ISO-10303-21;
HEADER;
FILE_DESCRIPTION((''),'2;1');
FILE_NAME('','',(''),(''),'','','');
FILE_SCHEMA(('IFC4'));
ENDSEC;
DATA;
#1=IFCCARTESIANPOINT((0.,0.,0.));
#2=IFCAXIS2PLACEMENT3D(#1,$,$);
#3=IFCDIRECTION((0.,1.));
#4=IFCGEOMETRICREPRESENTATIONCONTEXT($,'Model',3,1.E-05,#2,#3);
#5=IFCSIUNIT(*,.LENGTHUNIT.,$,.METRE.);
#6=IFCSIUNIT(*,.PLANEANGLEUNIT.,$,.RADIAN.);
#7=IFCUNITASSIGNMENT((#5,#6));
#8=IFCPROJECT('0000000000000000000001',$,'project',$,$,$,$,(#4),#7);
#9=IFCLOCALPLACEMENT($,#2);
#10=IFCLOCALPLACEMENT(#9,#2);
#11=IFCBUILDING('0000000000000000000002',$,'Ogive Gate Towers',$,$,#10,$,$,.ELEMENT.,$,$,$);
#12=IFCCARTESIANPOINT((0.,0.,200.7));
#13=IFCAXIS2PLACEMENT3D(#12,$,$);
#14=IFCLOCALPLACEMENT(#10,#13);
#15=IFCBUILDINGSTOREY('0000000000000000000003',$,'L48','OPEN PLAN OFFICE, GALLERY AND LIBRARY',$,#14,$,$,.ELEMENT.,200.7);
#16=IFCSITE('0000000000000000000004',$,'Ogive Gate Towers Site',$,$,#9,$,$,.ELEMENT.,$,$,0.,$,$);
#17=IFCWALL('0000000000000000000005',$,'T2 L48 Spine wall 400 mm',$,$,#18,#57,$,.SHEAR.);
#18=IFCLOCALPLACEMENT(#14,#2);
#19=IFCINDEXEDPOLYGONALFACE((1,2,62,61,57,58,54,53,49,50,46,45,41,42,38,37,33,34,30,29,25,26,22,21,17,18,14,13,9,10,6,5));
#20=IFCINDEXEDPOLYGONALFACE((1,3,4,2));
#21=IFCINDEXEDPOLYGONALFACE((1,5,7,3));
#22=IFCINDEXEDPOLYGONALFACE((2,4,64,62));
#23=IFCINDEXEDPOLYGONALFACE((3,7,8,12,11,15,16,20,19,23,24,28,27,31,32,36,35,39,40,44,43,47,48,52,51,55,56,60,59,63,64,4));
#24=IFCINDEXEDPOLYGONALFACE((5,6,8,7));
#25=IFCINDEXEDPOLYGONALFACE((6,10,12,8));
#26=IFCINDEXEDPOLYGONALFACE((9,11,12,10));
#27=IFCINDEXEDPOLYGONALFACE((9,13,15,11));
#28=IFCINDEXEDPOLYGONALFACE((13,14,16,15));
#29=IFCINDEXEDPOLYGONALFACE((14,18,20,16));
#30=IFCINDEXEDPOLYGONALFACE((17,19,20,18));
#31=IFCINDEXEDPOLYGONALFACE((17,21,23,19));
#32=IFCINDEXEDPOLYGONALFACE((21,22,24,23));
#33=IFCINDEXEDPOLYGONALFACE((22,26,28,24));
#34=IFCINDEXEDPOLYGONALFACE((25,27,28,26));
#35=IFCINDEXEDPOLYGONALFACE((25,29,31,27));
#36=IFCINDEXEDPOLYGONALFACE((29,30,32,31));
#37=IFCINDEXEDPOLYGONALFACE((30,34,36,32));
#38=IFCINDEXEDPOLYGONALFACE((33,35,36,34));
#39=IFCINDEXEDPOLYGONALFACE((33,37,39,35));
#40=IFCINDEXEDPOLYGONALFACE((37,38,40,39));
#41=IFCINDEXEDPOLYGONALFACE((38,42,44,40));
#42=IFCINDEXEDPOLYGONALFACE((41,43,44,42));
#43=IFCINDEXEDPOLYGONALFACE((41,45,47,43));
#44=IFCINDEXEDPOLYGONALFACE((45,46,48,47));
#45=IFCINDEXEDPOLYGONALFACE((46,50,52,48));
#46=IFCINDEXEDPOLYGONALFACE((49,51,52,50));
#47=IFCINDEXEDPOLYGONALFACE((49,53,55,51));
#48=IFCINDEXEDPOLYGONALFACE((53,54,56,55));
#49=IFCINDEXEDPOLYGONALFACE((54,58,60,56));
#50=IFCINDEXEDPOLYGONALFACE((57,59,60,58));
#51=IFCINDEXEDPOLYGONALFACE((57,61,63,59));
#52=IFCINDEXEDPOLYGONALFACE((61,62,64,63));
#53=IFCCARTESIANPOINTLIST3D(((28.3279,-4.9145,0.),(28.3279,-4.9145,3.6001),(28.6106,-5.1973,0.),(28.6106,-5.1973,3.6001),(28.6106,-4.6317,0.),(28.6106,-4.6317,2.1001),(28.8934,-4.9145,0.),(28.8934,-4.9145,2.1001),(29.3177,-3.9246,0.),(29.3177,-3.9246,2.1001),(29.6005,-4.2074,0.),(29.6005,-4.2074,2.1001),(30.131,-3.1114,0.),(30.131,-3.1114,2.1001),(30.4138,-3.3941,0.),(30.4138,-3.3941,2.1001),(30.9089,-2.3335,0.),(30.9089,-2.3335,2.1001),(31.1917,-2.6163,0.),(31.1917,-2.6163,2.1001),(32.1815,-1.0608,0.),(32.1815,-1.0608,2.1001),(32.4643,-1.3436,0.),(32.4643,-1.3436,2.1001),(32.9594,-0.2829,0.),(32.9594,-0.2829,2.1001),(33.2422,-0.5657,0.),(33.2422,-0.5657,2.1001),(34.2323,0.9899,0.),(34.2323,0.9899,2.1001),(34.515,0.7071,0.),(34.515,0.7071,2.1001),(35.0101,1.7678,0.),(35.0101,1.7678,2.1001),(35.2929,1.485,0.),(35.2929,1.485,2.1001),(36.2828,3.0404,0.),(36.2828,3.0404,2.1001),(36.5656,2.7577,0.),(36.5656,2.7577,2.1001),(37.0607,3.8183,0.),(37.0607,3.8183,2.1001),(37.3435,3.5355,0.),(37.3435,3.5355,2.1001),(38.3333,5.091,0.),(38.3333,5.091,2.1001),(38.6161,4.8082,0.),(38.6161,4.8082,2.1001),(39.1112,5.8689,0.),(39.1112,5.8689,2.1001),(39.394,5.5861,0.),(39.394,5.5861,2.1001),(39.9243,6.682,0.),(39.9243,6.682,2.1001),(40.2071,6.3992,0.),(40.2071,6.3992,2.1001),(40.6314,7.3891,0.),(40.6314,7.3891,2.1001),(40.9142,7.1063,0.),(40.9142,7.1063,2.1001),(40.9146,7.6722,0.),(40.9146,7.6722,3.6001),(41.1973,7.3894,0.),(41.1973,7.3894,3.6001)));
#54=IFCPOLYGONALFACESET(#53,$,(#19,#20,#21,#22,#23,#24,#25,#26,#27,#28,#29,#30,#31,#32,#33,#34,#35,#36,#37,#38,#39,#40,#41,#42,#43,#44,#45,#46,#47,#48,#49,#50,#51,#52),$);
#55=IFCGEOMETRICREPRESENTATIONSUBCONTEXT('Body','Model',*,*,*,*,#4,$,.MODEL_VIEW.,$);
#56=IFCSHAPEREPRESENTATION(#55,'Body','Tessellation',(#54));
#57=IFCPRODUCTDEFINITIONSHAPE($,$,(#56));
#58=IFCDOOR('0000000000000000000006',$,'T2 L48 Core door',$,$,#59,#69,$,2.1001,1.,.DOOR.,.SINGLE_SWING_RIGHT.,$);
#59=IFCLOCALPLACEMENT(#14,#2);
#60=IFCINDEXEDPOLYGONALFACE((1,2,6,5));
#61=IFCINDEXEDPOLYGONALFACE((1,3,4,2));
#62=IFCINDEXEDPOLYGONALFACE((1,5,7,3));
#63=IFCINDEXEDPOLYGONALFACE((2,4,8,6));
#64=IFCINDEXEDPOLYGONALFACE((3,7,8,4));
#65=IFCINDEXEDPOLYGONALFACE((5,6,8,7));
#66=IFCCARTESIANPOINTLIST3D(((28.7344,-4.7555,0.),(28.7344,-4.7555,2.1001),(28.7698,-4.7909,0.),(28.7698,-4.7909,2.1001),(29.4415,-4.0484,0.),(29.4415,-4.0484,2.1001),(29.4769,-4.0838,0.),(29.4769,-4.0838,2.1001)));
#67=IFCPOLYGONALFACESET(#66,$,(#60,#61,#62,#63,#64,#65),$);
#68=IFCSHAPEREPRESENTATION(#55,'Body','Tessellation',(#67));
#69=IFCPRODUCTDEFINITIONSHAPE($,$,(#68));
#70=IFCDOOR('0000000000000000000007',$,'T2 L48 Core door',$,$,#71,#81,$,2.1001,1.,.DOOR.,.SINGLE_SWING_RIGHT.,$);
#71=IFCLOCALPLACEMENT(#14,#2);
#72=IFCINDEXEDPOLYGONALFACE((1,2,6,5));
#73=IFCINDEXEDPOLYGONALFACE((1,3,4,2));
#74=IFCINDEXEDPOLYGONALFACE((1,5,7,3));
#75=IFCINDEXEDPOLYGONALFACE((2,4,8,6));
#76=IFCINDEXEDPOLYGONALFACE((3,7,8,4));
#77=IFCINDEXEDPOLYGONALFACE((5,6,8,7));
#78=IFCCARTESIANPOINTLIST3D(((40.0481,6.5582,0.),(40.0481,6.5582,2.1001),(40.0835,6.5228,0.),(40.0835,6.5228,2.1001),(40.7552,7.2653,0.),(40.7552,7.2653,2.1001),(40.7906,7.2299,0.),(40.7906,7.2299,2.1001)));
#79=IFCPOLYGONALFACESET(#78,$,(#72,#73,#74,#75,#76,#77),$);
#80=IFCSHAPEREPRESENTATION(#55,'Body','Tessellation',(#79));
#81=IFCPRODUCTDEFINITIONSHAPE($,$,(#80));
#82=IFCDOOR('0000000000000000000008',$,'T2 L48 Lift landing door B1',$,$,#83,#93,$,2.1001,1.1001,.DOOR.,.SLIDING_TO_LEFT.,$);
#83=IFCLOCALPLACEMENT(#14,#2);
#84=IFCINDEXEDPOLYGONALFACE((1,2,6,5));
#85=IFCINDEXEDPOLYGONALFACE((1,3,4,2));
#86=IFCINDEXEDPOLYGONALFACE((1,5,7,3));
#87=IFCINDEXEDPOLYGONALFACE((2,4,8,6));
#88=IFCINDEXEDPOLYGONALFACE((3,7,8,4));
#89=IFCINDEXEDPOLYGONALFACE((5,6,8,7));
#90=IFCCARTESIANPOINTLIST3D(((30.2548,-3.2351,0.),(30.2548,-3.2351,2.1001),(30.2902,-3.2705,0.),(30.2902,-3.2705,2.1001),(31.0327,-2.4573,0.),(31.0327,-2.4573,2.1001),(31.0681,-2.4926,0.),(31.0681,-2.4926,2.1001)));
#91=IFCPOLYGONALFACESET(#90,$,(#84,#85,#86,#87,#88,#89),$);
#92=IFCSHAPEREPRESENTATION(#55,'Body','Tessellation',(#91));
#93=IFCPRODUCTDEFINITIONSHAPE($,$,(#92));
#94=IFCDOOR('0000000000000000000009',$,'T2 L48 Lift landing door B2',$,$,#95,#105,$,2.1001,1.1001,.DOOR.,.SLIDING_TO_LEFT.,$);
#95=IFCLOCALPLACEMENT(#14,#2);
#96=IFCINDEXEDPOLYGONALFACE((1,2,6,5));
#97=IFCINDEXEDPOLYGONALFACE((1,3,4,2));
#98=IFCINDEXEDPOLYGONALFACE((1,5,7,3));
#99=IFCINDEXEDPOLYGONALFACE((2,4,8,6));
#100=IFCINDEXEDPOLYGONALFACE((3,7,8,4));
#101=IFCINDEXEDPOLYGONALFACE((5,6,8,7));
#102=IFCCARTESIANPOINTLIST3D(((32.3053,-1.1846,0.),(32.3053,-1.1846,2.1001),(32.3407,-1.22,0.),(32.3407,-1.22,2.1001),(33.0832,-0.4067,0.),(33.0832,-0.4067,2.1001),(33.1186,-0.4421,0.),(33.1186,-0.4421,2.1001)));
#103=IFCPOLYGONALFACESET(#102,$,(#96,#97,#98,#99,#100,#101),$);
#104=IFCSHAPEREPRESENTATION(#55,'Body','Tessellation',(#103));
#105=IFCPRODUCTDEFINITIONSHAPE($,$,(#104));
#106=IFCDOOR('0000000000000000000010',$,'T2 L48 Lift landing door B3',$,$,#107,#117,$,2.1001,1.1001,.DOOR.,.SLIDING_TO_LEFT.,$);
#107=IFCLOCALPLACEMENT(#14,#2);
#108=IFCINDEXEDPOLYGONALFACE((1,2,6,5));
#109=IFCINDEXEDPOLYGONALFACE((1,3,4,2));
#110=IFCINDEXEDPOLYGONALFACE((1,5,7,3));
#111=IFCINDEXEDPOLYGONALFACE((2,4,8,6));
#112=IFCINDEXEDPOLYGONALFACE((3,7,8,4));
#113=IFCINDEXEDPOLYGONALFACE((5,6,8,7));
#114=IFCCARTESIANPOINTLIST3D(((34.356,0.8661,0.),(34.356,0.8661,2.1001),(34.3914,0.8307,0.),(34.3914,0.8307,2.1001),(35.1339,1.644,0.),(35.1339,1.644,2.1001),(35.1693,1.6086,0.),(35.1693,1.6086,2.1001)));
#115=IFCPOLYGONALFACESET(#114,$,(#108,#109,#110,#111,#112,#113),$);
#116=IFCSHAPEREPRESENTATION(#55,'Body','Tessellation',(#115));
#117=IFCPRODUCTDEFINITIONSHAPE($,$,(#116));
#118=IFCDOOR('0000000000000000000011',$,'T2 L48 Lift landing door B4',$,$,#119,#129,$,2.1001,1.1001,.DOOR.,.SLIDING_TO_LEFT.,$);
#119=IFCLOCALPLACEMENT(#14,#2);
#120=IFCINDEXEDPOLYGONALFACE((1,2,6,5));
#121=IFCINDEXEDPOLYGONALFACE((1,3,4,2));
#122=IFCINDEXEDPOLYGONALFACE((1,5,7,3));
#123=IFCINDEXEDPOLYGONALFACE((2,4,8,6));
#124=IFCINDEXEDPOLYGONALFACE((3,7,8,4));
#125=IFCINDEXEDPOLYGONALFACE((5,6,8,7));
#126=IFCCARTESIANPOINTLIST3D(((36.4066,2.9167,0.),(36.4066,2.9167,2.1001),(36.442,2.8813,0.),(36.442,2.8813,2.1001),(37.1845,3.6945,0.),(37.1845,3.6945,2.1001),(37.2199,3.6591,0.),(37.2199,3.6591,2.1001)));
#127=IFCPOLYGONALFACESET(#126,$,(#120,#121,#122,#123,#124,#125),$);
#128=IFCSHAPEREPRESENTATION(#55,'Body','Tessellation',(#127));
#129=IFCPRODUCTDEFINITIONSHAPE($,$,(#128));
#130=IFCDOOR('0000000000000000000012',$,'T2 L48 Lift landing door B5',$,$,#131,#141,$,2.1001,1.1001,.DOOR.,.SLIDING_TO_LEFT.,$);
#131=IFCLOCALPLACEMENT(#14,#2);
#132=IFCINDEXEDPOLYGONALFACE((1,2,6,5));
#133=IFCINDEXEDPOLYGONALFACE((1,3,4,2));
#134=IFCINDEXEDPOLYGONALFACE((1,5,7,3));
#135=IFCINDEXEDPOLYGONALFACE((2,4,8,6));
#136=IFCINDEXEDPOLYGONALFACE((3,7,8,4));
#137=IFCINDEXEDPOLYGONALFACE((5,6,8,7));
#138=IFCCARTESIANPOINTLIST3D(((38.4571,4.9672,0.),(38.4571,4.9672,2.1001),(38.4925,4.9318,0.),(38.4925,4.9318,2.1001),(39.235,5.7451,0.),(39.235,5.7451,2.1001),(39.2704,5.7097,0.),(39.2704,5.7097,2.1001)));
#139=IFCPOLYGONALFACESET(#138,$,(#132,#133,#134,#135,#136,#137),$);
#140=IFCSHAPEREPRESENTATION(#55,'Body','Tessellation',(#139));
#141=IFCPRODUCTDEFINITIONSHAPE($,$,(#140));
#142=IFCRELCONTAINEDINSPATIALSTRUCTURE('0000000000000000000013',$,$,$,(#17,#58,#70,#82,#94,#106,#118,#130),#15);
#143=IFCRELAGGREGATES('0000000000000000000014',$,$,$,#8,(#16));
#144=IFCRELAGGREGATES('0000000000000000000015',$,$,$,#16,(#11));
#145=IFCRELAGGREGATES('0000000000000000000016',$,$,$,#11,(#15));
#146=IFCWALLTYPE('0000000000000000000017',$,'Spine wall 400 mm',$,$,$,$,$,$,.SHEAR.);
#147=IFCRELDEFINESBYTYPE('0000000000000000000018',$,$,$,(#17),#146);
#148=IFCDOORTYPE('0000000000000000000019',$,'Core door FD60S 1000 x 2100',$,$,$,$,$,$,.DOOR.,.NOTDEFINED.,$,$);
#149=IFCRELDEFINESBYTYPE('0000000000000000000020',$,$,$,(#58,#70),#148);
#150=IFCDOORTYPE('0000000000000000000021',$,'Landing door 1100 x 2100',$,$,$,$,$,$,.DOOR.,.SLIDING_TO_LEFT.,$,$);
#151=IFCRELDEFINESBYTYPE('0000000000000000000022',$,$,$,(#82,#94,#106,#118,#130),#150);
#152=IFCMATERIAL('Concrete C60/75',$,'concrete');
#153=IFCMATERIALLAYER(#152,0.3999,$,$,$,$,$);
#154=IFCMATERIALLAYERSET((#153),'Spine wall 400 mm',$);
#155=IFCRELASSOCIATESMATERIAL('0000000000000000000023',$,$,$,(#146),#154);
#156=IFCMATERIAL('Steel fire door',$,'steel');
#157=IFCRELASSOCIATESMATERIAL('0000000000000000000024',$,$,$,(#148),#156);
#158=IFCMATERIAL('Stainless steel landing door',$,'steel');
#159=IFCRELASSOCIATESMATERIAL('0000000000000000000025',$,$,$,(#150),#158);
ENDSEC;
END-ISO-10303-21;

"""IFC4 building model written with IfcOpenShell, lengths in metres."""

from ifc_helpers import new_model, si_unit, direction, frame, frame_2d, origin, place, context, subcontext, project, spatial, rectangle, extrude, material, layer, layer_set, type_object, element, fill, save


model = new_model("IFC4")

# Units and contexts
model_context = context("Model", 3, precision=1e-05, world=origin(), true_north=direction((0.0, 1.0)))
body_context = subcontext(model_context, "Body", "Model", "MODEL_VIEW")
ifc_project = project(units=[si_unit("LENGTHUNIT", "METRE"), si_unit("PLANEANGLEUNIT", "RADIAN")], contexts=[model_context])

# Site, building, storey
site_placement = place(None, origin())
site = spatial("IfcSite", under=ifc_project, at=site_placement, Name="Ogive Gate Towers Site", CompositionType="ELEMENT", RefElevation=0.0)
building_placement = place(site_placement, origin())
building = spatial("IfcBuilding", under=site, at=building_placement, Name="Ogive Gate Towers", CompositionType="ELEMENT")
storey_placement = place(building_placement, frame((0.0, 0.0, 200.7)))
storey = spatial("IfcBuildingStorey", under=building, at=storey_placement, Name="L48", Description="OPEN PLAN OFFICE, GALLERY AND LIBRARY", CompositionType="ELEMENT", Elevation=200.7)

# Shared definitions
ifc_material_1 = material(Name="Concrete C60/75", Category="concrete")

# Wall, openings, doors
ifc_layer_1 = layer(ifc_material_1, 0.3999)
ifc_layer_set_1 = layer_set([ifc_layer_1], Name="Spine wall 400 mm")
wall_type_1 = type_object("IfcWallType", Name="Spine wall 400 mm", PredefinedType="SHEAR", material=ifc_layer_set_1)
ifc_material_2 = material(Name="Steel fire door", Category="steel")
door_type_1 = type_object("IfcDoorType", Name="Core door FD60S 1000 x 2100", OperationType="NOTDEFINED", PredefinedType="DOOR", material=ifc_material_2)
ifc_material_3 = material(Name="Stainless steel landing door", Category="steel")
door_type_2 = type_object("IfcDoorType", Name="Landing door 1100 x 2100", OperationType="SLIDING_TO_LEFT", PredefinedType="DOOR", material=ifc_material_3)
wall_1_placement = place(storey_placement, frame((28.4692, -5.0559, 0.0), z_axis=(0.0, 0.0, 1.0), x_axis=(0.707107, 0.707107, 0.0)))
wall_1 = element("IfcWall", 1, at=wall_1_placement, inside=storey, type_object=wall_type_1, Name="T2 L48 Spine wall 400 mm", PredefinedType="SHEAR", context=body_context, shape_type="SweptSolid", body=[
    extrude(rectangle(XDim=17.8003, YDim=0.3999, at=frame_2d((8.9001, 0.0))), origin(), (0.0, 0.0, 1.0), 3.6001),
])
opening_1_placement = place(wall_1_placement, frame((0.3999, 0.0, 0.0)))
opening_1 = element("IfcOpeningElement", 2, at=opening_1_placement, cuts=wall_1, PredefinedType="OPENING", context=body_context, shape_type="SweptSolid", body=[
    extrude(rectangle(XDim=1.0, YDim=2.1001, at=frame_2d((0.5, 1.05))), frame((0.0, 0.21, 0.0), z_axis=(0.0, -1.0, 0.0), x_axis=(1.0, 0.0, 0.0)), (0.0, 0.0, 1.0), 0.4199),
])
opening_2_placement = place(wall_1_placement, frame((2.55, 0.0, 0.0)))
opening_2 = element("IfcOpeningElement", 3, at=opening_2_placement, cuts=wall_1, PredefinedType="OPENING", context=body_context, shape_type="SweptSolid", body=[
    extrude(rectangle(XDim=1.1001, YDim=2.1001, at=frame_2d((0.55, 1.05))), frame((0.0, 0.21, 0.0), z_axis=(0.0, -1.0, 0.0), x_axis=(1.0, 0.0, 0.0)), (0.0, 0.0, 1.0), 0.4199),
])
opening_3_placement = place(wall_1_placement, frame((5.45, 0.0, 0.0)))
opening_3 = element("IfcOpeningElement", 4, at=opening_3_placement, cuts=wall_1, PredefinedType="OPENING", context=body_context, shape_type="SweptSolid", body=[
    extrude(rectangle(XDim=1.1001, YDim=2.1001, at=frame_2d((0.55, 1.05))), frame((0.0, 0.21, 0.0), z_axis=(0.0, -1.0, 0.0), x_axis=(1.0, 0.0, 0.0)), (0.0, 0.0, 1.0), 0.4199),
])
opening_4_placement = place(wall_1_placement, frame((8.3501, 0.0, 0.0)))
opening_4 = element("IfcOpeningElement", 5, at=opening_4_placement, cuts=wall_1, PredefinedType="OPENING", context=body_context, shape_type="SweptSolid", body=[
    extrude(rectangle(XDim=1.1001, YDim=2.1001, at=frame_2d((0.55, 1.05))), frame((0.0, 0.21, 0.0), z_axis=(0.0, -1.0, 0.0), x_axis=(1.0, 0.0, 0.0)), (0.0, 0.0, 1.0), 0.4199),
])
opening_5_placement = place(wall_1_placement, frame((11.25, 0.0, 0.0)))
opening_5 = element("IfcOpeningElement", 6, at=opening_5_placement, cuts=wall_1, PredefinedType="OPENING", context=body_context, shape_type="SweptSolid", body=[
    extrude(rectangle(XDim=1.1001, YDim=2.1001, at=frame_2d((0.55, 1.05))), frame((0.0, 0.21, 0.0), z_axis=(0.0, -1.0, 0.0), x_axis=(1.0, 0.0, 0.0)), (0.0, 0.0, 1.0), 0.4199),
])
opening_6_placement = place(wall_1_placement, frame((14.1499, 0.0, 0.0)))
opening_6 = element("IfcOpeningElement", 7, at=opening_6_placement, cuts=wall_1, PredefinedType="OPENING", context=body_context, shape_type="SweptSolid", body=[
    extrude(rectangle(XDim=1.1001, YDim=2.1001, at=frame_2d((0.55, 1.05))), frame((0.0, 0.21, 0.0), z_axis=(0.0, -1.0, 0.0), x_axis=(1.0, 0.0, 0.0)), (0.0, 0.0, 1.0), 0.4199),
])
opening_7_placement = place(wall_1_placement, frame((16.3999, 0.0, 0.0)))
opening_7 = element("IfcOpeningElement", 8, at=opening_7_placement, cuts=wall_1, PredefinedType="OPENING", context=body_context, shape_type="SweptSolid", body=[
    extrude(rectangle(XDim=1.0, YDim=2.1001, at=frame_2d((0.5, 1.05))), frame((0.0, 0.21, 0.0), z_axis=(0.0, -1.0, 0.0), x_axis=(1.0, 0.0, 0.0)), (0.0, 0.0, 1.0), 0.4199),
])
door_1_placement = place(opening_1_placement, origin())
door_1 = element("IfcDoor", 9, at=door_1_placement, inside=storey, type_object=door_type_1, Name="T2 L48 Core door", OperationType="SINGLE_SWING_RIGHT", OverallHeight=2.1001, OverallWidth=1.0, PredefinedType="DOOR", context=body_context, shape_type="SweptSolid", body=[
    extrude(rectangle(XDim=1.0, YDim=2.1001, at=frame_2d((0.5, 1.05))), frame((0.0, 0.0249, 0.0), z_axis=(0.0, -1.0, 0.0), x_axis=(1.0, 0.0, 0.0)), (0.0, 0.0, 1.0), 0.05),
])
fill(opening_1, door_1)
door_2_placement = place(opening_7_placement, origin())
door_2 = element("IfcDoor", 10, at=door_2_placement, inside=storey, type_object=door_type_1, Name="T2 L48 Core door", OperationType="SINGLE_SWING_RIGHT", OverallHeight=2.1001, OverallWidth=1.0, PredefinedType="DOOR", context=body_context, shape_type="SweptSolid", body=[
    extrude(rectangle(XDim=1.0, YDim=2.1001, at=frame_2d((0.5, 1.05))), frame((0.0, 0.0249, 0.0), z_axis=(0.0, -1.0, 0.0), x_axis=(1.0, 0.0, 0.0)), (0.0, 0.0, 1.0), 0.05),
])
fill(opening_7, door_2)
door_3_placement = place(opening_2_placement, origin())
door_3 = element("IfcDoor", 11, at=door_3_placement, inside=storey, type_object=door_type_2, Name="T2 L48 Lift landing door B1", OperationType="SLIDING_TO_LEFT", OverallHeight=2.1001, OverallWidth=1.1001, PredefinedType="DOOR", context=body_context, shape_type="SweptSolid", body=[
    extrude(rectangle(XDim=1.1001, YDim=2.1001, at=frame_2d((0.55, 1.05))), frame((0.0, 0.0249, 0.0), z_axis=(0.0, -1.0, 0.0), x_axis=(1.0, 0.0, 0.0)), (0.0, 0.0, 1.0), 0.05),
])
fill(opening_2, door_3)
door_4_placement = place(opening_3_placement, origin())
door_4 = element("IfcDoor", 12, at=door_4_placement, inside=storey, type_object=door_type_2, Name="T2 L48 Lift landing door B2", OperationType="SLIDING_TO_LEFT", OverallHeight=2.1001, OverallWidth=1.1001, PredefinedType="DOOR", context=body_context, shape_type="SweptSolid", body=[
    extrude(rectangle(XDim=1.1001, YDim=2.1001, at=frame_2d((0.55, 1.05))), frame((0.0, 0.0249, 0.0), z_axis=(0.0, -1.0, 0.0), x_axis=(1.0, 0.0, 0.0)), (0.0, 0.0, 1.0), 0.05),
])
fill(opening_3, door_4)
door_5_placement = place(opening_4_placement, origin())
door_5 = element("IfcDoor", 13, at=door_5_placement, inside=storey, type_object=door_type_2, Name="T2 L48 Lift landing door B3", OperationType="SLIDING_TO_LEFT", OverallHeight=2.1001, OverallWidth=1.1001, PredefinedType="DOOR", context=body_context, shape_type="SweptSolid", body=[
    extrude(rectangle(XDim=1.1001, YDim=2.1001, at=frame_2d((0.55, 1.05))), frame((0.0, 0.0249, 0.0), z_axis=(0.0, -1.0, 0.0), x_axis=(1.0, 0.0, 0.0)), (0.0, 0.0, 1.0), 0.05),
])
fill(opening_4, door_5)
door_6_placement = place(opening_5_placement, origin())
door_6 = element("IfcDoor", 14, at=door_6_placement, inside=storey, type_object=door_type_2, Name="T2 L48 Lift landing door B4", OperationType="SLIDING_TO_LEFT", OverallHeight=2.1001, OverallWidth=1.1001, PredefinedType="DOOR", context=body_context, shape_type="SweptSolid", body=[
    extrude(rectangle(XDim=1.1001, YDim=2.1001, at=frame_2d((0.55, 1.05))), frame((0.0, 0.0249, 0.0), z_axis=(0.0, -1.0, 0.0), x_axis=(1.0, 0.0, 0.0)), (0.0, 0.0, 1.0), 0.05),
])
fill(opening_5, door_6)
door_7_placement = place(opening_6_placement, origin())
door_7 = element("IfcDoor", 15, at=door_7_placement, inside=storey, type_object=door_type_2, Name="T2 L48 Lift landing door B5", OperationType="SLIDING_TO_LEFT", OverallHeight=2.1001, OverallWidth=1.1001, PredefinedType="DOOR", context=body_context, shape_type="SweptSolid", body=[
    extrude(rectangle(XDim=1.1001, YDim=2.1001, at=frame_2d((0.55, 1.05))), frame((0.0, 0.0249, 0.0), z_axis=(0.0, -1.0, 0.0), x_axis=(1.0, 0.0, 0.0)), (0.0, 0.0, 1.0), 0.05),
])
fill(opening_6, door_7)

save(model, "model.ifc")
